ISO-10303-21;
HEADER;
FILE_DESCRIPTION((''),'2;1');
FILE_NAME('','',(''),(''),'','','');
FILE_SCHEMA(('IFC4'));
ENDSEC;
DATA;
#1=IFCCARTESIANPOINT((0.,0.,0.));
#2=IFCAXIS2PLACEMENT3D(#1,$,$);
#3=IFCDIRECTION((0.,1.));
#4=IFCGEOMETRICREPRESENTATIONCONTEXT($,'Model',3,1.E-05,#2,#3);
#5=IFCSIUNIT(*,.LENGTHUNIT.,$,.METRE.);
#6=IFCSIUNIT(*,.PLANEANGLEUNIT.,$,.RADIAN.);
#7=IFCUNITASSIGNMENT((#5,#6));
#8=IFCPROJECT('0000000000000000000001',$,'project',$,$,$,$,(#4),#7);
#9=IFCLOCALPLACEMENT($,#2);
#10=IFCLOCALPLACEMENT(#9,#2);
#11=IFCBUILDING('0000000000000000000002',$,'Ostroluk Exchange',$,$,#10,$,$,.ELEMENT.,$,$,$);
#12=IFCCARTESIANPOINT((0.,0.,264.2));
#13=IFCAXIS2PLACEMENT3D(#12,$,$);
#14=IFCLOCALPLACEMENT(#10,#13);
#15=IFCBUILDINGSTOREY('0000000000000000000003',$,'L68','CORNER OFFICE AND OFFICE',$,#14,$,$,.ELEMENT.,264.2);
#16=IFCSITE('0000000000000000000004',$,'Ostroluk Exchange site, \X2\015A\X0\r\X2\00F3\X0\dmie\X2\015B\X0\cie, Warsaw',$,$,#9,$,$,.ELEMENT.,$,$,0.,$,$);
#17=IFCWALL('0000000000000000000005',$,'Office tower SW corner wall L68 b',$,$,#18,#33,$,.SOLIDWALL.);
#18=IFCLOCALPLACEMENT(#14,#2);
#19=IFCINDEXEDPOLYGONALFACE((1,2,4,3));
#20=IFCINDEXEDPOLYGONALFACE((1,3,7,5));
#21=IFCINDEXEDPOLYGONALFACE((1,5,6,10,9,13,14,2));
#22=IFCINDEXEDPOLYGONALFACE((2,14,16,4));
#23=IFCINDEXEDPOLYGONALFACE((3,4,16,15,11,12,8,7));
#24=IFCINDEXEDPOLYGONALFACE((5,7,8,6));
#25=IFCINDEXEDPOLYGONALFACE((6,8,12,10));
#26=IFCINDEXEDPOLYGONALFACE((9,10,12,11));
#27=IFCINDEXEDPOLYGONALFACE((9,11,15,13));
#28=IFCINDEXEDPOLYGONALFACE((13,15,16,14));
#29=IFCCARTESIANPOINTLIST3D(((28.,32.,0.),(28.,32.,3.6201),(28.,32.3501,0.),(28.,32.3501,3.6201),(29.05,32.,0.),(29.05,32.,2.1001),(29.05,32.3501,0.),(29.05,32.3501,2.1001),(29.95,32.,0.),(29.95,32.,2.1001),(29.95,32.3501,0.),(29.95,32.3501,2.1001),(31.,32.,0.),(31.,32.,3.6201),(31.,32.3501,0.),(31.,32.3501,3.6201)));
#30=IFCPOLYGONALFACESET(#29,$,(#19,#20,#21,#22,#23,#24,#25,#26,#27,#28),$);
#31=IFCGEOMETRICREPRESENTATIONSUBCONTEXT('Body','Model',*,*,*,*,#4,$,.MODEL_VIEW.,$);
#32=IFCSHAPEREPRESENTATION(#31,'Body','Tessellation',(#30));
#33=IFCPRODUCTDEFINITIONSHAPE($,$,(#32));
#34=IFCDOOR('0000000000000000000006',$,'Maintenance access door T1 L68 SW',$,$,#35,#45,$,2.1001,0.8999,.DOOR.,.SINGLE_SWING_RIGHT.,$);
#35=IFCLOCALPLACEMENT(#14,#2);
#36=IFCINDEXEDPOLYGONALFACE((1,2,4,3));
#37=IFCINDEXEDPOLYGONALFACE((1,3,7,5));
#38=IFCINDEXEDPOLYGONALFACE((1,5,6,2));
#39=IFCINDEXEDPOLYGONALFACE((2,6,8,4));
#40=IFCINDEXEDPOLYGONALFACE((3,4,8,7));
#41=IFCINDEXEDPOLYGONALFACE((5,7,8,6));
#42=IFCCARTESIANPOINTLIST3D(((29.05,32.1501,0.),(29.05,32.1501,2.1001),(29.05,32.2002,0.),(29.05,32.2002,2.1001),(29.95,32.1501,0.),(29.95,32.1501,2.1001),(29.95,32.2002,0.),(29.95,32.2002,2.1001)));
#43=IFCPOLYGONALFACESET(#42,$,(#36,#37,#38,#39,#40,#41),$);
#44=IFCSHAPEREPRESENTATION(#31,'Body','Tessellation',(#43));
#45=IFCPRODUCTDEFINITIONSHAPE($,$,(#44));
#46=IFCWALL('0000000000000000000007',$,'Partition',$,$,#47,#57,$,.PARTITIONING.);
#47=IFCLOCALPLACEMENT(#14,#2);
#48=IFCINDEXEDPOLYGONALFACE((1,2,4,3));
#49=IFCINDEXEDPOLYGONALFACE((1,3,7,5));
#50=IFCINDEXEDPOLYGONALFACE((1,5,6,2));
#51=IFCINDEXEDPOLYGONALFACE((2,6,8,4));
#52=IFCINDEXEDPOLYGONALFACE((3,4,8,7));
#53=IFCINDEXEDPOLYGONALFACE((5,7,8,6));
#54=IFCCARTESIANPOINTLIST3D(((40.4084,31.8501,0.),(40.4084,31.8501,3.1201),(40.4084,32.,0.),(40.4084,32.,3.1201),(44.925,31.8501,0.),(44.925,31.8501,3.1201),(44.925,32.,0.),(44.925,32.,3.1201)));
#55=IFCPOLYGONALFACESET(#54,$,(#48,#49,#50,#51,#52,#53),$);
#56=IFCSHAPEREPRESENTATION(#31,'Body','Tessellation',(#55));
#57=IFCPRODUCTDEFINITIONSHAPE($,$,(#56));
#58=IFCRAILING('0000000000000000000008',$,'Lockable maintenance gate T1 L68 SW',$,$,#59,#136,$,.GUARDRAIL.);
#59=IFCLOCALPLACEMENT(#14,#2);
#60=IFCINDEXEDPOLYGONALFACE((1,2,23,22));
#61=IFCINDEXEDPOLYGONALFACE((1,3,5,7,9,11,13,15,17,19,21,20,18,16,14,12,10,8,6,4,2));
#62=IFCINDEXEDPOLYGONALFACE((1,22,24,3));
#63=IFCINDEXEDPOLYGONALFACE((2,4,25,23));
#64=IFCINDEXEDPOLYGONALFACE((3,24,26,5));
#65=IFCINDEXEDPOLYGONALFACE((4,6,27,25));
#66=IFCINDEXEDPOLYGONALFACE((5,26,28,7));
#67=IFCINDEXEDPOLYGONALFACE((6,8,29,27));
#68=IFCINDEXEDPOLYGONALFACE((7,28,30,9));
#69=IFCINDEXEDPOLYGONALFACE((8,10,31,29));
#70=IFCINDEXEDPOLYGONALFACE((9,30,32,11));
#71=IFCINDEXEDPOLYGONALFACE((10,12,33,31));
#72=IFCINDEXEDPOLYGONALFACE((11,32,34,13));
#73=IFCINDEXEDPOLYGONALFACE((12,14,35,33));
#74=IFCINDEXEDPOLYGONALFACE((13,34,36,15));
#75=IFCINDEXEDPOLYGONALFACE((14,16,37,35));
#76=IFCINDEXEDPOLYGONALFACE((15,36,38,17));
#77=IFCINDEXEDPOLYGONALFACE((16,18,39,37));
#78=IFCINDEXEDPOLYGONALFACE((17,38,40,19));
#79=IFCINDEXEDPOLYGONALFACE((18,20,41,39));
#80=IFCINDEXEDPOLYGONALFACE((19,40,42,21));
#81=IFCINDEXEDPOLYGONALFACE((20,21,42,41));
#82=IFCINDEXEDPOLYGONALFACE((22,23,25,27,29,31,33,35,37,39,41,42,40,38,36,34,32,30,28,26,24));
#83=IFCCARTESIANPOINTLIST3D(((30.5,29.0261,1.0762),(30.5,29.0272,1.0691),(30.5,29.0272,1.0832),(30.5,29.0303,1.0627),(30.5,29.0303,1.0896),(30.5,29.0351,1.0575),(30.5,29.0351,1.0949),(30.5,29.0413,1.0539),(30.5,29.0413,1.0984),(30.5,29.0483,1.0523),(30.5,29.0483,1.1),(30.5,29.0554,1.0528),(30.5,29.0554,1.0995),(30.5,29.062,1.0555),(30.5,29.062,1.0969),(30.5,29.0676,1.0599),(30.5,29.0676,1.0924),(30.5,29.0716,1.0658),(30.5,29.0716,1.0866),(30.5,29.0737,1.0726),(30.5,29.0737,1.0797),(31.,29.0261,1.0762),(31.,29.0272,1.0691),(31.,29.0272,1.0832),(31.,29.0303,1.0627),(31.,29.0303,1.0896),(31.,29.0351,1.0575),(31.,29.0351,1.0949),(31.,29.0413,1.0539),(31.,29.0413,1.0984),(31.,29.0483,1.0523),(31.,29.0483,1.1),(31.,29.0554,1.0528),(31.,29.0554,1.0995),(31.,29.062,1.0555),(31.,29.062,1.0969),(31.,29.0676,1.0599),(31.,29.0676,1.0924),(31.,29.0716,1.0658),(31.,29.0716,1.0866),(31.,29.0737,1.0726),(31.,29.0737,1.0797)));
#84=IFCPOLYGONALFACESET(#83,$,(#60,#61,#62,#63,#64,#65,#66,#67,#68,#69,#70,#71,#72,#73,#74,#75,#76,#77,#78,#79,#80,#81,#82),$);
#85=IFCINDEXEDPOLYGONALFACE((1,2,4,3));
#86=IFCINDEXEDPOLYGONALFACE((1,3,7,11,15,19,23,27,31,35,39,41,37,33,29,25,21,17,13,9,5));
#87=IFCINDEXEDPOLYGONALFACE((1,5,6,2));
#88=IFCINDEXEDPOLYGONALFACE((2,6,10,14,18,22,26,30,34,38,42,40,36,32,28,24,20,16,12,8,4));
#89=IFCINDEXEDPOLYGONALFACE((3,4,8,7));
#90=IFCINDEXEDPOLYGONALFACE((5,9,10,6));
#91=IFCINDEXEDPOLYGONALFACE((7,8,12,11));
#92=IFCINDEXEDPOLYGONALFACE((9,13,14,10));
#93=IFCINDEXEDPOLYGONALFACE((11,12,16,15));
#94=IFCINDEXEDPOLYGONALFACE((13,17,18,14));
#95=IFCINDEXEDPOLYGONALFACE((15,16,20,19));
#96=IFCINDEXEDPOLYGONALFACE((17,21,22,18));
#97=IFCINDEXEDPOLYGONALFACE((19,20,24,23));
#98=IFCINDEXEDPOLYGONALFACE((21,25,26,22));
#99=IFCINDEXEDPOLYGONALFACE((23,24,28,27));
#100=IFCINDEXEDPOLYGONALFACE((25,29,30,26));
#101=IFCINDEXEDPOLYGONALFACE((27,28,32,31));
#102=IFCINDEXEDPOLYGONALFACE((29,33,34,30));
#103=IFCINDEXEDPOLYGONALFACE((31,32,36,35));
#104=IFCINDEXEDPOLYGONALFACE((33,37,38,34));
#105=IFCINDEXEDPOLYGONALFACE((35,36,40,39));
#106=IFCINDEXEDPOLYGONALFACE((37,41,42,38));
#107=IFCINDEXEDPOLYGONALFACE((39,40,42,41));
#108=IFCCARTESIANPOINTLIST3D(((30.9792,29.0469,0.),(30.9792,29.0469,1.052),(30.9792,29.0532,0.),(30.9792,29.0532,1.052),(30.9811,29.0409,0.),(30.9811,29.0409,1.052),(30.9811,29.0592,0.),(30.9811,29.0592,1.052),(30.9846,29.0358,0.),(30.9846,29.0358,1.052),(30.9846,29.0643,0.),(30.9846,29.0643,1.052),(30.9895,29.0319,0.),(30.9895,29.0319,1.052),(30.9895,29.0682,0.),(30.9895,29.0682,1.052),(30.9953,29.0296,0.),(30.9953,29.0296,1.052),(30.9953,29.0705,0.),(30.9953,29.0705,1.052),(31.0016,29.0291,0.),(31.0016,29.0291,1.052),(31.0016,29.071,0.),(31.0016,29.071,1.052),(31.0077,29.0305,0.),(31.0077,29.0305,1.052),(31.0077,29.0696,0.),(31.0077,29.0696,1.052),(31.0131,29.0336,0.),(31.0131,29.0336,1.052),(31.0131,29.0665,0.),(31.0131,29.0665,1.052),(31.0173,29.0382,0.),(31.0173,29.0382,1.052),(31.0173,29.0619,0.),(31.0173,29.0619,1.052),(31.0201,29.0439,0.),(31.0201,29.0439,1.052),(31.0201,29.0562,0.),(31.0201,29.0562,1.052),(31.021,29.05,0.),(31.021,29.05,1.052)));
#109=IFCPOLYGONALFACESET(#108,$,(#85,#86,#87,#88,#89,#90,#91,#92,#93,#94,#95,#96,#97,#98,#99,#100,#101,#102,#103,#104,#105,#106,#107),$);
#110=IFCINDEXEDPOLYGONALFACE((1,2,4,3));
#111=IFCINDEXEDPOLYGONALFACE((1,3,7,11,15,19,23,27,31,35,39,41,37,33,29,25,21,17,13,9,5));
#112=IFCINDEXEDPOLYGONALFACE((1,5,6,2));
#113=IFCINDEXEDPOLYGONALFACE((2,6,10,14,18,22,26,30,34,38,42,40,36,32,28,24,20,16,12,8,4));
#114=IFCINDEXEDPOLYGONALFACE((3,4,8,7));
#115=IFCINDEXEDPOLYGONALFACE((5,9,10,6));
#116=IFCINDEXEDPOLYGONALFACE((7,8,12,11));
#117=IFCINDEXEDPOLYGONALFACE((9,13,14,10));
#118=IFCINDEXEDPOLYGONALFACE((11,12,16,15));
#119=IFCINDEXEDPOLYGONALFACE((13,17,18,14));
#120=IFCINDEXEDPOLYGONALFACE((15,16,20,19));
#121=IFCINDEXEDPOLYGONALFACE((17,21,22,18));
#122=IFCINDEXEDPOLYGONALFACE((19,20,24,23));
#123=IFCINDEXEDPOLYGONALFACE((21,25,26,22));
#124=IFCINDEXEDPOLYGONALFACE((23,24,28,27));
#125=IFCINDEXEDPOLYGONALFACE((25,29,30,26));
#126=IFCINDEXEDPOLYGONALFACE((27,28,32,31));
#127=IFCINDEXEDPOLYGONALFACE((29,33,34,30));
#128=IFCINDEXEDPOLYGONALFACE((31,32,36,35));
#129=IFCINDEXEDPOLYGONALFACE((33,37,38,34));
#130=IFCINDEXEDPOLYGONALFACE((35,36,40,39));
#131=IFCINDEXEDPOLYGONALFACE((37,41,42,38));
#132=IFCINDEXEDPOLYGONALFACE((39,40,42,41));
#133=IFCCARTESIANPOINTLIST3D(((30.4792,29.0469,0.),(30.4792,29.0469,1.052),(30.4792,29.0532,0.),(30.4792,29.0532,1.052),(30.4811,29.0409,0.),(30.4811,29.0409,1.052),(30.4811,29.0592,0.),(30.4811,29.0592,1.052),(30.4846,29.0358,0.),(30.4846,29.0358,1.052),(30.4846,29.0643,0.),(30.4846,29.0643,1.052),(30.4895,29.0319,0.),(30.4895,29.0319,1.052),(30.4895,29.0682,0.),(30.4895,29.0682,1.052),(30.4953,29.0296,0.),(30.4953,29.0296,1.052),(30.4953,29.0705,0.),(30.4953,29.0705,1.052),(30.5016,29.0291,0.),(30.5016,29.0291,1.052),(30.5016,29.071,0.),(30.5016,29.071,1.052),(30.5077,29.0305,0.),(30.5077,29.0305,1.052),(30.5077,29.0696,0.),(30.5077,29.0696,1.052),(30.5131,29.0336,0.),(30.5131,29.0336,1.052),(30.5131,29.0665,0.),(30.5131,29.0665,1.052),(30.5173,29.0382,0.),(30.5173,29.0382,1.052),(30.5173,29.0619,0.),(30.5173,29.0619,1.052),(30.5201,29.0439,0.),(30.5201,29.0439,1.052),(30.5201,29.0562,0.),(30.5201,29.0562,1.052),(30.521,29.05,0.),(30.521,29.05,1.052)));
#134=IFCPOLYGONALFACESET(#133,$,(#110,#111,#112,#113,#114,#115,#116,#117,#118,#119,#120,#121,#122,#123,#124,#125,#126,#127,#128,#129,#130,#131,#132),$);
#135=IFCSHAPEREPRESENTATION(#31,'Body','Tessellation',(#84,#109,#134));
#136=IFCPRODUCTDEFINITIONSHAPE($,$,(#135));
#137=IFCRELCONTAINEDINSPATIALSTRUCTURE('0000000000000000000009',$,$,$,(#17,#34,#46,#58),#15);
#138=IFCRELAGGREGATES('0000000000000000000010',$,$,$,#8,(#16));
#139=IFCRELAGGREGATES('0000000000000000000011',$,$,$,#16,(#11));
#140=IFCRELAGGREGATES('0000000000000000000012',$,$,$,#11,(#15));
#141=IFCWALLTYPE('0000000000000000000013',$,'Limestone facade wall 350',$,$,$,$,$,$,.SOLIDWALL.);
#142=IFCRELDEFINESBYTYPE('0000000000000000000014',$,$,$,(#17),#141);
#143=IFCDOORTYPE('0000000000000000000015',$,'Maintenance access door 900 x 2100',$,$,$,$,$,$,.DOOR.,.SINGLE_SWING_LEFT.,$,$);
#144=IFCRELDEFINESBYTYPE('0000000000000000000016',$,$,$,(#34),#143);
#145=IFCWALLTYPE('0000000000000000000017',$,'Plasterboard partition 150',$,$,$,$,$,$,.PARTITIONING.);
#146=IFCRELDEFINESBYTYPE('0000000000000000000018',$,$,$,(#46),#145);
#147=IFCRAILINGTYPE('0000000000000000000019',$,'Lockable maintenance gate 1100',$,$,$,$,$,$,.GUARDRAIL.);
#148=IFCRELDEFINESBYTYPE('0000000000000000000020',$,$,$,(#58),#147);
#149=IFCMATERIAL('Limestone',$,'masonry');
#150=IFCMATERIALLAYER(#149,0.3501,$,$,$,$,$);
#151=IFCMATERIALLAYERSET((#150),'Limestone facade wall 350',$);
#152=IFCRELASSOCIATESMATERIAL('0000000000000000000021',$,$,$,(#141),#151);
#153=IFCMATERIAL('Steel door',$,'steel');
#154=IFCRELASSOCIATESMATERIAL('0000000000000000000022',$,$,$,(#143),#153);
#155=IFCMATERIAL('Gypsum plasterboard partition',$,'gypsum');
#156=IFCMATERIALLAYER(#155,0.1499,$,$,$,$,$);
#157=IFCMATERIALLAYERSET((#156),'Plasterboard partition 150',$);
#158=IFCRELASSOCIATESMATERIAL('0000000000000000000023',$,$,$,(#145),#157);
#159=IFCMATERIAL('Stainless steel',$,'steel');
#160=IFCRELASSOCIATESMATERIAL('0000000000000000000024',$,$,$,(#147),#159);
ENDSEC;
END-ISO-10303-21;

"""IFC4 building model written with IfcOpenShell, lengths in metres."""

from ifc_helpers import new_model, si_unit, direction, frame, frame_2d, origin, origin_2d, place, context, subcontext, project, spatial, rectangle, circle, extrude, material, layer, layer_set, type_object, element, fill, save


model = new_model("IFC4")

# Units and contexts
model_context = context("Model", 3, precision=1e-05, world=origin(), true_north=direction((0.0, 1.0)))
body_context = subcontext(model_context, "Body", "Model", "MODEL_VIEW")
ifc_project = project(units=[si_unit("LENGTHUNIT", "METRE"), si_unit("PLANEANGLEUNIT", "RADIAN")], contexts=[model_context])

# Site, building, storey
site_placement = place(None, origin())
site = spatial("IfcSite", under=ifc_project, at=site_placement, Name="Ostroluk Exchange site, Śródmieście, Warsaw", CompositionType="ELEMENT", RefElevation=0.0)
building_placement = place(site_placement, origin())
building = spatial("IfcBuilding", under=site, at=building_placement, Name="Ostroluk Exchange", CompositionType="ELEMENT")
storey_placement = place(building_placement, frame((0.0, 0.0, 264.2)))
storey = spatial("IfcBuildingStorey", under=building, at=storey_placement, Name="L68", Description="CORNER OFFICE AND OFFICE", CompositionType="ELEMENT", Elevation=264.2)

# Wall, opening, door
ifc_material_1 = material(Name="Limestone", Category="masonry")
ifc_layer_1 = layer(ifc_material_1, 0.3501)
ifc_layer_set_1 = layer_set([ifc_layer_1], Name="Limestone facade wall 350")
wall_type_1 = type_object("IfcWallType", Name="Limestone facade wall 350", PredefinedType="SOLIDWALL", material=ifc_layer_set_1)
wall_1_placement = place(storey_placement, frame((31.0, 32.175, 0.0), z_axis=(0.0, 0.0, 1.0), x_axis=(-1.0, 0.0, 0.0)))
wall_1 = element("IfcWall", 1, at=wall_1_placement, inside=storey, type_object=wall_type_1, Name="Office tower SW corner wall L68 b", PredefinedType="SOLIDWALL", context=body_context, shape_type="SweptSolid", body=[
    extrude(rectangle(XDim=3.0, YDim=0.3501, at=frame_2d((1.5, 0.0))), origin(), (0.0, 0.0, 1.0), 3.6201),
])
opening_1_placement = place(wall_1_placement, frame((1.05, 0.0, 0.0)))
opening_1 = element("IfcOpeningElement", 2, at=opening_1_placement, cuts=wall_1, PredefinedType="OPENING", context=body_context, shape_type="SweptSolid", body=[
    extrude(rectangle(XDim=0.8999, YDim=2.1001, at=frame_2d((0.45, 1.05))), frame((0.0, 0.1851, 0.0), z_axis=(0.0, -1.0, 0.0), x_axis=(1.0, 0.0, 0.0)), (0.0, 0.0, 1.0), 0.3701),
])
ifc_material_2 = material(Name="Steel door", Category="steel")
door_type_1 = type_object("IfcDoorType", Name="Maintenance access door 900 x 2100", OperationType="SINGLE_SWING_LEFT", PredefinedType="DOOR", material=ifc_material_2)
door_1_placement = place(opening_1_placement, origin())
door_1 = element("IfcDoor", 3, at=door_1_placement, inside=storey, type_object=door_type_1, Name="Maintenance access door T1 L68 SW", OperationType="SINGLE_SWING_RIGHT", OverallHeight=2.1001, OverallWidth=0.8999, PredefinedType="DOOR", context=body_context, shape_type="SweptSolid", body=[
    extrude(rectangle(XDim=0.8999, YDim=2.1001, at=frame_2d((0.45, 1.05))), frame((0.0, 0.0249, 0.0), z_axis=(0.0, -1.0, 0.0), x_axis=(1.0, 0.0, 0.0)), (0.0, 0.0, 1.0), 0.05),
])
fill(opening_1, door_1)

# Wall
ifc_material_3 = material(Name="Gypsum plasterboard partition", Category="gypsum")
ifc_layer_2 = layer(ifc_material_3, 0.1499)
ifc_layer_set_2 = layer_set([ifc_layer_2], Name="Plasterboard partition 150")
wall_type_2 = type_object("IfcWallType", Name="Plasterboard partition 150", PredefinedType="PARTITIONING", material=ifc_layer_set_2)
wall_2_placement = place(storey_placement, frame((40.4084, 31.925, 0.0), z_axis=(0.0, 0.0, 1.0), x_axis=(1.0, 0.0, 0.0)))
element("IfcWall", 4, at=wall_2_placement, inside=storey, type_object=wall_type_2, Name="Partition", PredefinedType="PARTITIONING", context=body_context, shape_type="SweptSolid", body=[
    extrude(rectangle(XDim=4.5166, YDim=0.1499, at=frame_2d((2.2583, 0.0))), origin(), (0.0, 0.0, 1.0), 3.1201),
])

# Railing
ifc_material_4 = material(Name="Stainless steel", Category="steel")
railing_type_1 = type_object("IfcRailingType", Name="Lockable maintenance gate 1100", PredefinedType="GUARDRAIL", material=ifc_material_4)
railing_1_placement = place(storey_placement, frame((31.0, 29.05, 0.0)))
element("IfcRailing", 5, at=railing_1_placement, inside=storey, type_object=railing_type_1, Name="Lockable maintenance gate T1 L68 SW", PredefinedType="GUARDRAIL", context=body_context, shape_type="SweptSolid", body=[
    extrude(circle(Radius=0.0239, at=origin_2d()), frame((0.0, 0.0, 1.0762), z_axis=(-1.0, 0.0, 0.0), x_axis=(0.0, -1.0, 0.0)), (0.0, 0.0, 1.0), 0.5),
    extrude(circle(Radius=0.021, at=origin_2d()), origin(), (0.0, 0.0, 1.0), 1.052),
    extrude(circle(Radius=0.021, at=origin_2d()), frame((-0.5, 0.0, 0.0)), (0.0, 0.0, 1.0), 1.052),
])

save(model, "model.ifc")
